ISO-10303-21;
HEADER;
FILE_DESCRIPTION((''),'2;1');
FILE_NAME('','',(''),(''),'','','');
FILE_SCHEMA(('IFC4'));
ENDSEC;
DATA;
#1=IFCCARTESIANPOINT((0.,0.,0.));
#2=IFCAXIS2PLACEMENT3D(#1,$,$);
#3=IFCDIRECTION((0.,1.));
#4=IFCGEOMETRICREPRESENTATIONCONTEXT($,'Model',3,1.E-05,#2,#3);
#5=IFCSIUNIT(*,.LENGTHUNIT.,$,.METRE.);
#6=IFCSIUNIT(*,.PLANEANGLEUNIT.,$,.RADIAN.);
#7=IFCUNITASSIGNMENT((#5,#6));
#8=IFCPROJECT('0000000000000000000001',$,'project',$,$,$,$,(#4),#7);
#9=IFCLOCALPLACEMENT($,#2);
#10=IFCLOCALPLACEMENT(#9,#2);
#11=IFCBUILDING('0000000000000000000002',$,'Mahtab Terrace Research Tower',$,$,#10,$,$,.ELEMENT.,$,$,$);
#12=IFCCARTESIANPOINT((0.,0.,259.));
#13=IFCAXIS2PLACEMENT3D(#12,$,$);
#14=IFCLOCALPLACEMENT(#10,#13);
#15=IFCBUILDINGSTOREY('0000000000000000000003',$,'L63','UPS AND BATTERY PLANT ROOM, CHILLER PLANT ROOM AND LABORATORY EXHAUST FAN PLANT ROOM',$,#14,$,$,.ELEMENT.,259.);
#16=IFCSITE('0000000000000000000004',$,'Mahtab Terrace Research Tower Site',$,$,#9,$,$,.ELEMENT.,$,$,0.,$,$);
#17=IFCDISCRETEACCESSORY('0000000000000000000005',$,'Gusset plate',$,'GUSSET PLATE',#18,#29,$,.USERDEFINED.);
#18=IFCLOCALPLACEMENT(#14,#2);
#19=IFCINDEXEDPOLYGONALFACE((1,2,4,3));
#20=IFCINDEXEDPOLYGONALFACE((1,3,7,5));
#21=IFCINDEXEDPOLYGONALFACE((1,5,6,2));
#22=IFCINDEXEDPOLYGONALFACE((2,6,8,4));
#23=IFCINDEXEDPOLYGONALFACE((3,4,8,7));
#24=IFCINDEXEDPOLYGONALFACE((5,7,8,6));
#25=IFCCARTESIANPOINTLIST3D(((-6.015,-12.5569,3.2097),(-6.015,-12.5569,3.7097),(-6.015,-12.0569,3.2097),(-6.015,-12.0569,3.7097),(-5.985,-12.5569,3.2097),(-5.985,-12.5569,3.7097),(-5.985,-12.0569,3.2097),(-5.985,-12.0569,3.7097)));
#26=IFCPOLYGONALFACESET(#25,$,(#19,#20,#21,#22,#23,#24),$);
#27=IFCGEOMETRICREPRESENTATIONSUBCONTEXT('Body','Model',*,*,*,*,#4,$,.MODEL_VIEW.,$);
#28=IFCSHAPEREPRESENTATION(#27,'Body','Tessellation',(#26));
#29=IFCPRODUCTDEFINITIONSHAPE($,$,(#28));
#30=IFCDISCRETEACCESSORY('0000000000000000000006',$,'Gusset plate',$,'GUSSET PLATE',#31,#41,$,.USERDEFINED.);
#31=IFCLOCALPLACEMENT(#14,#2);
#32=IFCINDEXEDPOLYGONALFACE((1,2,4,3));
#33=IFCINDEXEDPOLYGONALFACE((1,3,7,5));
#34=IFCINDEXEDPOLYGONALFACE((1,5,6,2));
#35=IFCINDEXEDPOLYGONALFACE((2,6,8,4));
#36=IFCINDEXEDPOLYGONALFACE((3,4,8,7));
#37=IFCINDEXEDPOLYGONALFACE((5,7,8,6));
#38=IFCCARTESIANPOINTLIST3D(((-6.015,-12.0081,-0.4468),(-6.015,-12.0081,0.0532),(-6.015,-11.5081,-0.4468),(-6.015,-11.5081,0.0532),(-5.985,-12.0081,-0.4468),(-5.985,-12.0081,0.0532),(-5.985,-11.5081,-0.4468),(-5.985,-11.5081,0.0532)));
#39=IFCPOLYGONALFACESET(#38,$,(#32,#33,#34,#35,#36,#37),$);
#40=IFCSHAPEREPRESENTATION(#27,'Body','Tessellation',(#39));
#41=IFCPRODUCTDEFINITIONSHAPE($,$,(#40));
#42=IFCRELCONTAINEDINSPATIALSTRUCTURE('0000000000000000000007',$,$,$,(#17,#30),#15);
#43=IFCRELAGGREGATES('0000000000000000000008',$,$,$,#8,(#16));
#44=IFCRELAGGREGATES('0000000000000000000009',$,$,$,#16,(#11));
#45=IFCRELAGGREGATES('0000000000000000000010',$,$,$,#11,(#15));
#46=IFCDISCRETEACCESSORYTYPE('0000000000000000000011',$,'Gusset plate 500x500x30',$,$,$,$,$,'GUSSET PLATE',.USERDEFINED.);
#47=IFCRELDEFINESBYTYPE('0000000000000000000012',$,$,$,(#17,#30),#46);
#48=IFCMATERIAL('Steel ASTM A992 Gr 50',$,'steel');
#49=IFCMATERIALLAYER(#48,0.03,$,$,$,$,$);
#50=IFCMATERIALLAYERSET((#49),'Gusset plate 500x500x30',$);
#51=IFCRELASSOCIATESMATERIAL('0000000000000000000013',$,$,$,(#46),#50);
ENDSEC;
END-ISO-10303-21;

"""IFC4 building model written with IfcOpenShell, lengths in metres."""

from ifc_helpers import new_model, si_unit, direction, frame, origin, origin_2d, place, context, subcontext, project, spatial, rectangle, extrude, material, layer, layer_set, type_object, element, save


model = new_model("IFC4")

# Units and contexts
model_context = context("Model", 3, precision=1e-05, world=origin(), true_north=direction((0.0, 1.0)))
body_context = subcontext(model_context, "Body", "Model", "MODEL_VIEW")
ifc_project = project(units=[si_unit("LENGTHUNIT", "METRE"), si_unit("PLANEANGLEUNIT", "RADIAN")], contexts=[model_context])

# Site, building, storey
site_placement = place(None, origin())
site = spatial("IfcSite", under=ifc_project, at=site_placement, Name="Mahtab Terrace Research Tower Site", CompositionType="ELEMENT", RefElevation=0.0)
building_placement = place(site_placement, origin())
building = spatial("IfcBuilding", under=site, at=building_placement, Name="Mahtab Terrace Research Tower", CompositionType="ELEMENT")
storey_placement = place(building_placement, frame((0.0, 0.0, 259.0)))
storey = spatial("IfcBuildingStorey", under=building, at=storey_placement, Name="L63", Description="UPS AND BATTERY PLANT ROOM, CHILLER PLANT ROOM AND LABORATORY EXHAUST FAN PLANT ROOM", CompositionType="ELEMENT", Elevation=259.0)

# Shared definitions
ifc_material_1 = material(Name="Steel ASTM A992 Gr 50", Category="steel")

# Discrete accessories
ifc_layer = layer(ifc_material_1, 0.03)
ifc_layer_set = layer_set([ifc_layer], Name="Gusset plate 500x500x30")
discrete_accessory_type_1 = type_object("IfcDiscreteAccessoryType", Name="Gusset plate 500x500x30", ElementType="GUSSET PLATE", PredefinedType="USERDEFINED", material=ifc_layer_set)
for number, where, z_axis, x_axis, name in (
    (1, (-6.0, -12.3069, 3.2097), (0.0, 0.0, 1.0), (0.0, 1.0, 0.0), "Gusset plate"),
    (2, (-6.0, -11.7581, -0.4468), (0.0, 0.0, 1.0), (0.0, 1.0, 0.0), "Gusset plate"),
):
    element("IfcDiscreteAccessory", number, at=place(storey_placement, frame(where, z_axis=z_axis, x_axis=x_axis)), inside=storey, type_object=discrete_accessory_type_1, Name=name, ObjectType="GUSSET PLATE", PredefinedType="USERDEFINED", context=body_context, shape_type="SweptSolid", body=[
        extrude(rectangle(XDim=0.5, YDim=0.03, at=origin_2d()), origin(), (0.0, 0.0, 1.0), 0.5),
    ])

save(model, "model.ifc")
